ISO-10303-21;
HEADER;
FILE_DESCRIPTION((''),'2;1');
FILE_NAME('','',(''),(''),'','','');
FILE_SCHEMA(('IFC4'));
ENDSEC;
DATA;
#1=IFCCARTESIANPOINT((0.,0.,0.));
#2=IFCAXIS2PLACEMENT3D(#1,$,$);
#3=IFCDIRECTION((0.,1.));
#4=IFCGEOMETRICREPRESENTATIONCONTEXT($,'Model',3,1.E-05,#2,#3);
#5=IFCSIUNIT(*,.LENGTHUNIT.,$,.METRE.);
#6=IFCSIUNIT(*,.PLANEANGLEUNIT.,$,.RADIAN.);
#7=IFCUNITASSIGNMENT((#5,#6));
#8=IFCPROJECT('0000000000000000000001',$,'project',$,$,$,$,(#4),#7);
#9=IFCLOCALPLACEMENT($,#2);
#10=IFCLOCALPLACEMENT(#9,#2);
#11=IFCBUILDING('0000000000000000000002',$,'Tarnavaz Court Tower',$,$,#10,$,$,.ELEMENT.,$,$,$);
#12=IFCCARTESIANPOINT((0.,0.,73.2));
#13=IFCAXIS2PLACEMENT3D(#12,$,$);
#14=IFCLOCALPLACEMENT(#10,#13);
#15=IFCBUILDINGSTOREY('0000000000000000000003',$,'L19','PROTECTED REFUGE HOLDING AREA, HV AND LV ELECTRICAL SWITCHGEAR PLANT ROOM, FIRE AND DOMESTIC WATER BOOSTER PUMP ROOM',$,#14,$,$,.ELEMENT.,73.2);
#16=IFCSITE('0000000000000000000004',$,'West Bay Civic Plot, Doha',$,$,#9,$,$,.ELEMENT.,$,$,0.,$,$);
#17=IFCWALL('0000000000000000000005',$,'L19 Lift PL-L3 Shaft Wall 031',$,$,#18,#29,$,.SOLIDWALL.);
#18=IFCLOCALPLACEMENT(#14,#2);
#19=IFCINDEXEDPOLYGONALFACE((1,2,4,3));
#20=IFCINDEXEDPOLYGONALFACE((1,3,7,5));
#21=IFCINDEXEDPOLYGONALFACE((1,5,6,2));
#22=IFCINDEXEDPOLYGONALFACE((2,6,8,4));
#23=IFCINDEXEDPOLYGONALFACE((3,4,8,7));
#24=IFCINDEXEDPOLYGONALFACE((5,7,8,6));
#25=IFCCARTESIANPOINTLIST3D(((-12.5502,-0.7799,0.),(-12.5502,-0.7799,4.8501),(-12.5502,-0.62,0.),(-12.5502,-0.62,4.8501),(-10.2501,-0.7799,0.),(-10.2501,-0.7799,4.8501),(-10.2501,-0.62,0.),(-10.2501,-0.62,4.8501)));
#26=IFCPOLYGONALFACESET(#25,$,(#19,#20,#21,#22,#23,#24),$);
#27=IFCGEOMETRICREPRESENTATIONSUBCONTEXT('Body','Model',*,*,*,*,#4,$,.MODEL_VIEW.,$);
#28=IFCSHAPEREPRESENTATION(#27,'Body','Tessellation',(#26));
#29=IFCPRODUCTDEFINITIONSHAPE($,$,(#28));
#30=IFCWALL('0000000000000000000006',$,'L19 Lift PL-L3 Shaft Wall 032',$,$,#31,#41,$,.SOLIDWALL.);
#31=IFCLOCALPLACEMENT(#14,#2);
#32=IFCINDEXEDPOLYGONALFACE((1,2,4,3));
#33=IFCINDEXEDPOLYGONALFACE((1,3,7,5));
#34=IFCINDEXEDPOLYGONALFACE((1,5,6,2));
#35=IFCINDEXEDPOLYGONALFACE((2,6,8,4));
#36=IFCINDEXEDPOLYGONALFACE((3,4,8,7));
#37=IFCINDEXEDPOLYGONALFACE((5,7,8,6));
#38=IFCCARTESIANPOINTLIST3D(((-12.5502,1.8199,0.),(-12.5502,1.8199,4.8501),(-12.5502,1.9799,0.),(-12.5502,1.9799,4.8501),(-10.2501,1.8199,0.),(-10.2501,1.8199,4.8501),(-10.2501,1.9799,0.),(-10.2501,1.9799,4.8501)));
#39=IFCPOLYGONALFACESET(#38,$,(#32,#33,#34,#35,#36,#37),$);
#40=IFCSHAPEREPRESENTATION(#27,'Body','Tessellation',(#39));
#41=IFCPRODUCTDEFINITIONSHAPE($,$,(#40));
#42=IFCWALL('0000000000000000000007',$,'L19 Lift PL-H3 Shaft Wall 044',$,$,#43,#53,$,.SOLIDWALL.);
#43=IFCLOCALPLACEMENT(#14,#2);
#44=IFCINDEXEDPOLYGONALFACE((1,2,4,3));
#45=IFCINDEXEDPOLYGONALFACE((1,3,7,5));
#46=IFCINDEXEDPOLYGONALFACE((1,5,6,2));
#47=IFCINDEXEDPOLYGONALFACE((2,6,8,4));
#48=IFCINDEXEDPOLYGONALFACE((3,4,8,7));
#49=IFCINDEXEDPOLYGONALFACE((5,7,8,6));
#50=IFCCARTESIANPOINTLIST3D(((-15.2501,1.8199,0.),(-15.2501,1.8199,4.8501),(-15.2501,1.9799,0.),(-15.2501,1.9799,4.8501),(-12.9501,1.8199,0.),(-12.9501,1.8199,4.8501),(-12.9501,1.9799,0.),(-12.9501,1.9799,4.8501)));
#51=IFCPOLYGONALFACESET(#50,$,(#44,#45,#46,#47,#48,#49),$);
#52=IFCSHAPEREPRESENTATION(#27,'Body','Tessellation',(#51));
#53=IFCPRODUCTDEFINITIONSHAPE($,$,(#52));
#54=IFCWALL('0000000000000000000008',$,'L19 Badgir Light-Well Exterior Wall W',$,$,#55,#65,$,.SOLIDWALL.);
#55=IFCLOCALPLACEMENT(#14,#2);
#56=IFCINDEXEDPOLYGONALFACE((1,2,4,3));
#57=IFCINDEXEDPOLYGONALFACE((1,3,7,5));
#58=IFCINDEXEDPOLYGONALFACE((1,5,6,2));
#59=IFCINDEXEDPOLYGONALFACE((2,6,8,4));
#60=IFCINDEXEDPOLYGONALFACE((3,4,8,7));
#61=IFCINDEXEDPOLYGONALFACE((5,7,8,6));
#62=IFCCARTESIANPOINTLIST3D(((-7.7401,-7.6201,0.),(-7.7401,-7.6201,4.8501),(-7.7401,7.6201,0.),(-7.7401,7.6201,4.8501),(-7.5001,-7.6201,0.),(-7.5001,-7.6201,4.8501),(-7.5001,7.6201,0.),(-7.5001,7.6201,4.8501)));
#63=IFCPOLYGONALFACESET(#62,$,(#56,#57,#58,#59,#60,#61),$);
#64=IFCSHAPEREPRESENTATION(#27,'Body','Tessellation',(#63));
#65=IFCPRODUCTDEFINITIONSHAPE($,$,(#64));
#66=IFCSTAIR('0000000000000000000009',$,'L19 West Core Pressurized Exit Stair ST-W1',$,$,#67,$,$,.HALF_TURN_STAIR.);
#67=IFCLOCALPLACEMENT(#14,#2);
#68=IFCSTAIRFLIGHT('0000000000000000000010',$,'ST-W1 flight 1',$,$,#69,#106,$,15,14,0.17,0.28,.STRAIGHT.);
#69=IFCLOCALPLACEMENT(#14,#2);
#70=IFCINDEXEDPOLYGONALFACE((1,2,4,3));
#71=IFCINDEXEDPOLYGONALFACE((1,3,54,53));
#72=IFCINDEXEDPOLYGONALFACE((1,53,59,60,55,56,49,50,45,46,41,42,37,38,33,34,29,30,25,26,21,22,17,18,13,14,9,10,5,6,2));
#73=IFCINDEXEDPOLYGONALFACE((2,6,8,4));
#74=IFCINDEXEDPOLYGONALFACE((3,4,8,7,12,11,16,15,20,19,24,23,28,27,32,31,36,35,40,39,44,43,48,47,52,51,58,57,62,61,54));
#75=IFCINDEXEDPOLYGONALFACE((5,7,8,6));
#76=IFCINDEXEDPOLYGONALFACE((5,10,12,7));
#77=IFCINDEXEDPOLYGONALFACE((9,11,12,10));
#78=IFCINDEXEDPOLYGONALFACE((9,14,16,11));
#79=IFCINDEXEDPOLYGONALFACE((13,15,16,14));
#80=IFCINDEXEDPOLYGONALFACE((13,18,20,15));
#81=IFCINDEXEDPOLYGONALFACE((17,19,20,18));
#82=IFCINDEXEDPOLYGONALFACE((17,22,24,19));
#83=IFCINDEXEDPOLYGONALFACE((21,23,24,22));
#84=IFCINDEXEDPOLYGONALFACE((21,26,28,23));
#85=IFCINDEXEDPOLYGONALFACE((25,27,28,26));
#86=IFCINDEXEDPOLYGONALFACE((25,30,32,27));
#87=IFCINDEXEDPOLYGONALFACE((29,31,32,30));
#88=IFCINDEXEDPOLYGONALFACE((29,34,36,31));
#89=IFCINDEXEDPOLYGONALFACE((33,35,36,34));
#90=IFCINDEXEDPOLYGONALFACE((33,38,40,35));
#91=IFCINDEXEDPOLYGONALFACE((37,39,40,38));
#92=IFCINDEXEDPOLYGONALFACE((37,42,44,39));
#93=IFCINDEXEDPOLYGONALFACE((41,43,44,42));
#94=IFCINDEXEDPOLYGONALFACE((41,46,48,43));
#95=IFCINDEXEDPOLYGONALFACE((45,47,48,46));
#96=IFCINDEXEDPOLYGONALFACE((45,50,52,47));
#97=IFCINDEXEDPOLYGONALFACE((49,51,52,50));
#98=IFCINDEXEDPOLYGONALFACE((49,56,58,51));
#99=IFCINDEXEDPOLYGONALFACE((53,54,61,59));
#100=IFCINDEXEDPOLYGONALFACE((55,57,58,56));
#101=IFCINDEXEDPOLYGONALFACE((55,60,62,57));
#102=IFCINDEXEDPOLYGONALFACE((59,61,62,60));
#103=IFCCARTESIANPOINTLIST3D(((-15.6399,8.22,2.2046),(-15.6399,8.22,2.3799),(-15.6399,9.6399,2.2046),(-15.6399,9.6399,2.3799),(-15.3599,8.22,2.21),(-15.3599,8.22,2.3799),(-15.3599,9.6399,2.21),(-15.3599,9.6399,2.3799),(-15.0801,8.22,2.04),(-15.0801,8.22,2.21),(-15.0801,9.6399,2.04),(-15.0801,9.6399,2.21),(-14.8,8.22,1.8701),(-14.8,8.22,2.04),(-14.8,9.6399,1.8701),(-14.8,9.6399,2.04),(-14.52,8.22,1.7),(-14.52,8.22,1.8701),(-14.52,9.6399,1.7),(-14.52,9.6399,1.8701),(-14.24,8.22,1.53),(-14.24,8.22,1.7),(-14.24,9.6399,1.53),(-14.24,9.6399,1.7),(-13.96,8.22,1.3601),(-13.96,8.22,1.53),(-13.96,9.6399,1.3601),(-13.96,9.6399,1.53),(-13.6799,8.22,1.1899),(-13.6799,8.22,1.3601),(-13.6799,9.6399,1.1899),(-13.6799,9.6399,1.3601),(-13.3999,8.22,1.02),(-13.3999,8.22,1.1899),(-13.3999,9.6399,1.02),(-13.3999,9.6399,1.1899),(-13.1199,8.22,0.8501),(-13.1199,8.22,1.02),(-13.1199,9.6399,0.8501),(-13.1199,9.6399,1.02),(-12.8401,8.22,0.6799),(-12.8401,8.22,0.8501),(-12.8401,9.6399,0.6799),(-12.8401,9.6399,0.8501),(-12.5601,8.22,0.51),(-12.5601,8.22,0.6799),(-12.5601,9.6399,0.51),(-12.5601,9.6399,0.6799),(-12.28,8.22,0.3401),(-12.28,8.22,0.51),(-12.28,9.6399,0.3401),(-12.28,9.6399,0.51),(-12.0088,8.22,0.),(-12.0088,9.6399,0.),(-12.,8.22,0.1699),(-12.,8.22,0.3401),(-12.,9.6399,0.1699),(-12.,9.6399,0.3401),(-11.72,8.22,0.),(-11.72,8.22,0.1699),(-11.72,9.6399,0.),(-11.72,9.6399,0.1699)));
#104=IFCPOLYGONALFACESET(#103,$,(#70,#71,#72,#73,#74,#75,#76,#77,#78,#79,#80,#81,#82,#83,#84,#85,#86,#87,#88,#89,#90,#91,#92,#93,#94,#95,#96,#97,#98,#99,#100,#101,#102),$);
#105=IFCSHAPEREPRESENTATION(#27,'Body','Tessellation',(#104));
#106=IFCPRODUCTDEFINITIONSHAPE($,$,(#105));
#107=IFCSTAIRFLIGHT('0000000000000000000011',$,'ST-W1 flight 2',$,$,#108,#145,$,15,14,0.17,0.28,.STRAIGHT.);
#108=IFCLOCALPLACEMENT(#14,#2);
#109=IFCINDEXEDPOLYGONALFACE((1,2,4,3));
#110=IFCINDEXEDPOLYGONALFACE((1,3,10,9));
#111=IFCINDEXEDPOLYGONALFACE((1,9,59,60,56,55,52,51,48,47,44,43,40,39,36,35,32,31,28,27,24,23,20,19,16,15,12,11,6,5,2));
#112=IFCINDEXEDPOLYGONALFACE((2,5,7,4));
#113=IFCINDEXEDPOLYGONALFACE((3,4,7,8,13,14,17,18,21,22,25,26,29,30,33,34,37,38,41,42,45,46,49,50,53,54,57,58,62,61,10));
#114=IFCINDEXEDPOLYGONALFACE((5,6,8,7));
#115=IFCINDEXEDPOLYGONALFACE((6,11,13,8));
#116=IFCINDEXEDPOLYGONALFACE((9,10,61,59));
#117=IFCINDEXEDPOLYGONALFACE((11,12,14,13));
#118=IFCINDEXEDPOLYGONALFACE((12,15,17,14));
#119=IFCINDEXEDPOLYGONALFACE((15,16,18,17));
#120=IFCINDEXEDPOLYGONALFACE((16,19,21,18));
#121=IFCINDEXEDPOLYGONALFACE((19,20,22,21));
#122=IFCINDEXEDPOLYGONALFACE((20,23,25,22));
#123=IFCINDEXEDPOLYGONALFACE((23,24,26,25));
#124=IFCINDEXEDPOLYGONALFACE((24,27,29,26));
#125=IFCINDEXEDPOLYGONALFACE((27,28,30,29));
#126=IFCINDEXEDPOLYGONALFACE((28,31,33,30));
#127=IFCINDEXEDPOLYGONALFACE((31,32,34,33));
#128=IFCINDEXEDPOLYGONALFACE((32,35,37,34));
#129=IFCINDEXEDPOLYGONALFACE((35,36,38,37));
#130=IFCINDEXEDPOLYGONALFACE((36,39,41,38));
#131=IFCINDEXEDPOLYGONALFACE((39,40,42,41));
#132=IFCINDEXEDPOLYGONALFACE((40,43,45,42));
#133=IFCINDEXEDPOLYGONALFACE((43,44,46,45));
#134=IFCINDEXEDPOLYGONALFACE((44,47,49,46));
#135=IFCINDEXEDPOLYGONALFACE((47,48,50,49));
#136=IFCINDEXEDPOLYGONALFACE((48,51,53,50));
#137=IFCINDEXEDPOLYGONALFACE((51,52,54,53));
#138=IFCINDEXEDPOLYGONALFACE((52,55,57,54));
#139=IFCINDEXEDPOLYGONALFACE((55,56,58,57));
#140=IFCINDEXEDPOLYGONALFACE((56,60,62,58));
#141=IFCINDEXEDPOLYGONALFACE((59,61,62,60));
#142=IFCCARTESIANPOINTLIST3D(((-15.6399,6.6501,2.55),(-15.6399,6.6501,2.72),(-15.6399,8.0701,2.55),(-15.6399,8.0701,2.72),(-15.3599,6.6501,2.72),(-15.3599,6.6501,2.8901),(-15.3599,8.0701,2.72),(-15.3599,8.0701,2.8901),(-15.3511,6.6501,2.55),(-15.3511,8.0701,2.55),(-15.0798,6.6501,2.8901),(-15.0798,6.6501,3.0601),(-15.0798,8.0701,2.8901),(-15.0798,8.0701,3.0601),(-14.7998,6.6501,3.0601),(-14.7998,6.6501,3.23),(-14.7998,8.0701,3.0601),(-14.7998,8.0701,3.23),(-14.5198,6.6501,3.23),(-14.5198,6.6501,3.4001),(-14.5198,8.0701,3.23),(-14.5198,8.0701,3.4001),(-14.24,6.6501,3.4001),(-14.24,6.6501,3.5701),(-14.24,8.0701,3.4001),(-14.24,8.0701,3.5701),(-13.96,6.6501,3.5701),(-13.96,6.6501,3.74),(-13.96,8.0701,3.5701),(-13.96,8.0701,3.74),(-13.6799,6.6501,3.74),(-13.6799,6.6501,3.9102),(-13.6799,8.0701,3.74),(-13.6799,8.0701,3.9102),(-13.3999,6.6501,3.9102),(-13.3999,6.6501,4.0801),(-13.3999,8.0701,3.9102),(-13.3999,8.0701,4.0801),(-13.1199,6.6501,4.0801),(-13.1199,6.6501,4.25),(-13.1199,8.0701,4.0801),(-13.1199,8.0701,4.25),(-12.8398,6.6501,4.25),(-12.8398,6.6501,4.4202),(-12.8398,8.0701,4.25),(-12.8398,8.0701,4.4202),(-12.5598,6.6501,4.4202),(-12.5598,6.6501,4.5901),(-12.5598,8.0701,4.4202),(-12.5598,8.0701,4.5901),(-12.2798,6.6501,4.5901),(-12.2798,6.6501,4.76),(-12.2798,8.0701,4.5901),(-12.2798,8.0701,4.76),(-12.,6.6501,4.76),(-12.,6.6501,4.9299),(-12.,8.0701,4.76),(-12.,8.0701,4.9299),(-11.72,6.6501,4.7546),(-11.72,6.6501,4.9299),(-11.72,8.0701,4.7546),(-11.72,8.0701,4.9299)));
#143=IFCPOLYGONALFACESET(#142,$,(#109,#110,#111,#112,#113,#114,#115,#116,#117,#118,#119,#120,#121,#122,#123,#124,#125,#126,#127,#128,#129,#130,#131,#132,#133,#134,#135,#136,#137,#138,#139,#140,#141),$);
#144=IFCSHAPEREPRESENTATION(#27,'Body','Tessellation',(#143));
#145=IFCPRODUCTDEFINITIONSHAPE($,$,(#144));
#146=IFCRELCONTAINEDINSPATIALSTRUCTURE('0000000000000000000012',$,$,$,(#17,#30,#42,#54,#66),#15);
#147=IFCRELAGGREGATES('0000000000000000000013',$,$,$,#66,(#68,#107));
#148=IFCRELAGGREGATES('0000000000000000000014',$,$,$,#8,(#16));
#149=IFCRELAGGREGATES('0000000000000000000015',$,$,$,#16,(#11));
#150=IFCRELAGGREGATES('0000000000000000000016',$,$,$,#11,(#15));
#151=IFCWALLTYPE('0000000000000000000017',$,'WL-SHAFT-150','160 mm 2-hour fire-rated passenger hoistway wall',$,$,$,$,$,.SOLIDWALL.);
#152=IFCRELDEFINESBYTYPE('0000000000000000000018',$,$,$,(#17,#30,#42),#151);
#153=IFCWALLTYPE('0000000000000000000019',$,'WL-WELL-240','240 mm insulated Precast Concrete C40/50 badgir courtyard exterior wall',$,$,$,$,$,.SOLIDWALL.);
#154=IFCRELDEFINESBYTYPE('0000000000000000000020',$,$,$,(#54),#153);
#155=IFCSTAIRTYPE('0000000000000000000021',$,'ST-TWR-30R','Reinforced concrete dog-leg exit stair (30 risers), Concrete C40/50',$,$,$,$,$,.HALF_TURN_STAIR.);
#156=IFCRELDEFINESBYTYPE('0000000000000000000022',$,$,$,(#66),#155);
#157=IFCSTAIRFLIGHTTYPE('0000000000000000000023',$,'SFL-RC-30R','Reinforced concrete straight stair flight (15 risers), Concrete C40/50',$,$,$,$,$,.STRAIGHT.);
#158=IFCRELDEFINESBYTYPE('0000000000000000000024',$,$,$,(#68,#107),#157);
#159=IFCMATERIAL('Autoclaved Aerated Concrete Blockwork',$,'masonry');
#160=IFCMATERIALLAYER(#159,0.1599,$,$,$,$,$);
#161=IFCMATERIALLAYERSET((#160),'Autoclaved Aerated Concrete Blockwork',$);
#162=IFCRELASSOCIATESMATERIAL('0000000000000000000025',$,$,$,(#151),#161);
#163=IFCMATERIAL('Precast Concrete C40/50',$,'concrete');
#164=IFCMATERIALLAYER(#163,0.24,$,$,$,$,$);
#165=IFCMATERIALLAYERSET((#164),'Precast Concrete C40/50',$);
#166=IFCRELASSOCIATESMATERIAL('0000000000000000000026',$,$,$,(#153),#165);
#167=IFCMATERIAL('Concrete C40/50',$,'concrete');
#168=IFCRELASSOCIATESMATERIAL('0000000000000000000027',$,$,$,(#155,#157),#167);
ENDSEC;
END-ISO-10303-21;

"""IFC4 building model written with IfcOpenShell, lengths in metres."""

from ifc_helpers import new_model, si_unit, direction, frame, frame_2d, origin, place, context, subcontext, project, spatial, polyline, rectangle, outline, extrude, material, layer, layer_set, type_object, element, aggregate, save


model = new_model("IFC4")

# Units and contexts
model_context = context("Model", 3, precision=1e-05, world=origin(), true_north=direction((0.0, 1.0)))
body_context = subcontext(model_context, "Body", "Model", "MODEL_VIEW")
ifc_project = project(units=[si_unit("LENGTHUNIT", "METRE"), si_unit("PLANEANGLEUNIT", "RADIAN")], contexts=[model_context])

# Site, building, storey
site_placement = place(None, origin())
site = spatial("IfcSite", under=ifc_project, at=site_placement, Name="West Bay Civic Plot, Doha", CompositionType="ELEMENT", RefElevation=0.0)
building_placement = place(site_placement, origin())
building = spatial("IfcBuilding", under=site, at=building_placement, Name="Tarnavaz Court Tower", CompositionType="ELEMENT")
storey_placement = place(building_placement, frame((0.0, 0.0, 73.2)))
storey = spatial("IfcBuildingStorey", under=building, at=storey_placement, Name="L19", Description="PROTECTED REFUGE HOLDING AREA, HV AND LV ELECTRICAL SWITCHGEAR PLANT ROOM, FIRE AND DOMESTIC WATER BOOSTER PUMP ROOM", CompositionType="ELEMENT", Elevation=73.2)

# Shared definitions
ifc_material_1 = material(Name="Autoclaved Aerated Concrete Blockwork", Category="masonry")

# Walls
ifc_layer_1 = layer(ifc_material_1, 0.1599)
ifc_layer_set_1 = layer_set([ifc_layer_1], Name="Autoclaved Aerated Concrete Blockwork")
wall_type_1 = type_object("IfcWallType", Name="WL-SHAFT-150", Description="160 mm 2-hour fire-rated passenger hoistway wall", PredefinedType="SOLIDWALL", material=ifc_layer_set_1)
for number, where, z_axis, x_axis, name in (
    (1, (-12.55, -0.7, 0.0), (0.0, 0.0, 1.0), (1.0, 0.0, 0.0), "L19 Lift PL-L3 Shaft Wall 031"),
    (2, (-12.55, 1.8999, 0.0), (0.0, 0.0, 1.0), (1.0, 0.0, 0.0), "L19 Lift PL-L3 Shaft Wall 032"),
    (3, (-15.25, 1.8999, 0.0), (0.0, 0.0, 1.0), (1.0, 0.0, 0.0), "L19 Lift PL-H3 Shaft Wall 044"),
):
    element("IfcWall", number, at=place(storey_placement, frame(where, z_axis=z_axis, x_axis=x_axis)), inside=storey, type_object=wall_type_1, Name=name, PredefinedType="SOLIDWALL", context=body_context, shape_type="SweptSolid", body=[
        extrude(rectangle(XDim=2.3, YDim=0.1599, at=frame_2d((1.1499, 0.0))), origin(), (0.0, 0.0, 1.0), 4.8501),
    ])
ifc_material_2 = material(Name="Precast Concrete C40/50", Category="concrete")
ifc_layer_2 = layer(ifc_material_2, 0.24)
ifc_layer_set_2 = layer_set([ifc_layer_2], Name="Precast Concrete C40/50")
wall_type_2 = type_object("IfcWallType", Name="WL-WELL-240", Description="240 mm insulated Precast Concrete C40/50 badgir courtyard exterior wall", PredefinedType="SOLIDWALL", material=ifc_layer_set_2)
wall_1_placement = place(storey_placement, frame((-7.6201, 7.6201, 0.0), z_axis=(0.0, 0.0, 1.0), x_axis=(0.0, -1.0, 0.0)))
element("IfcWall", 4, at=wall_1_placement, inside=storey, type_object=wall_type_2, Name="L19 Badgir Light-Well Exterior Wall W", PredefinedType="SOLIDWALL", context=body_context, shape_type="SweptSolid", body=[
    extrude(rectangle(XDim=15.2402, YDim=0.24, at=frame_2d((7.6201, 0.0))), origin(), (0.0, 0.0, 1.0), 4.8501),
])

# Stair, stair flights
ifc_material_3 = material(Name="Concrete C40/50", Category="concrete")
stair_type = type_object("IfcStairType", Name="ST-TWR-30R", Description="Reinforced concrete dog-leg exit stair (30 risers), Concrete C40/50", PredefinedType="HALF_TURN_STAIR", material=ifc_material_3)
stair_placement = place(storey_placement, origin())
stair = element("IfcStair", 5, at=stair_placement, inside=storey, type_object=stair_type, Name="L19 West Core Pressurized Exit Stair ST-W1", PredefinedType="HALF_TURN_STAIR")
stair_flight_type = type_object("IfcStairFlightType", Name="SFL-RC-30R", Description="Reinforced concrete straight stair flight (15 risers), Concrete C40/50", PredefinedType="STRAIGHT", material=ifc_material_3)
stair_flight_1_placement = place(storey_placement, frame((-11.72, 8.9299, 0.0), z_axis=(0.0, 0.0, 1.0), x_axis=(-1.0, 0.0, 0.0)))
stair_flight_1 = element("IfcStairFlight", 6, at=stair_flight_1_placement, type_object=stair_flight_type, Name="ST-W1 flight 1", NumberOfRisers=15, NumberOfTreads=14, PredefinedType="STRAIGHT", RiserHeight=0.17, TreadLength=0.28, context=body_context, shape_type="SweptSolid", body=[
    extrude(outline(polyline([(0.0, 0.0), (0.0, 0.1699), (0.28, 0.1699), (0.28, 0.3401), (0.5601, 0.3401), (0.5601, 0.51), (0.8401, 0.51), (0.8401, 0.6799), (1.1201, 0.6799), (1.1201, 0.8501), (1.3999, 0.8501), (1.3999, 1.02), (1.6799, 1.02), (1.6799, 1.1899), (1.96, 1.1899), (1.96, 1.3601), (2.24, 1.3601), (2.24, 1.53), (2.52, 1.53), (2.52, 1.7), (2.8, 1.7), (2.8, 1.8701), (3.0801, 1.8701), (3.0801, 2.04), (3.3601, 2.04), (3.3601, 2.21), (3.6399, 2.21), (3.6399, 2.3799), (3.9199, 2.3799), (3.9199, 2.55), (3.9199, 2.2046), (0.2888, 0.0), (0.0, 0.0)])), frame((0.0, 0.71, 0.0), z_axis=(0.0, -1.0, 0.0), x_axis=(1.0, 0.0, 0.0)), (0.0, 0.0, 1.0), 1.4199),
])
stair_flight_2_placement = place(storey_placement, frame((-15.6399, 7.3601, 2.55), z_axis=(0.0, 0.0, 1.0), x_axis=(1.0, 0.0, 0.0)))
stair_flight_2 = element("IfcStairFlight", 7, at=stair_flight_2_placement, type_object=stair_flight_type, Name="ST-W1 flight 2", NumberOfRisers=15, NumberOfTreads=14, PredefinedType="STRAIGHT", RiserHeight=0.17, TreadLength=0.28, context=body_context, shape_type="SweptSolid", body=[
    extrude(outline(polyline([(0.0, 0.0), (0.0, 0.1699), (0.28, 0.1699), (0.28, 0.3401), (0.5601, 0.3401), (0.5601, 0.51), (0.8401, 0.51), (0.8401, 0.6799), (1.1201, 0.6799), (1.1201, 0.8501), (1.3999, 0.8501), (1.3999, 1.02), (1.6799, 1.02), (1.6799, 1.1899), (1.96, 1.1899), (1.96, 1.3601), (2.24, 1.3601), (2.24, 1.53), (2.52, 1.53), (2.52, 1.7), (2.8, 1.7), (2.8, 1.8701), (3.0801, 1.8701), (3.0801, 2.04), (3.3601, 2.04), (3.3601, 2.21), (3.6399, 2.21), (3.6399, 2.3799), (3.9199, 2.3799), (3.9199, 2.55), (3.9199, 2.2046), (0.2888, 0.0), (0.0, 0.0)])), frame((0.0, 0.71, 0.0), z_axis=(0.0, -1.0, 0.0), x_axis=(1.0, 0.0, 0.0)), (0.0, 0.0, 1.0), 1.4199),
])
aggregate(stair, [stair_flight_1, stair_flight_2])

save(model, "model.ifc")
